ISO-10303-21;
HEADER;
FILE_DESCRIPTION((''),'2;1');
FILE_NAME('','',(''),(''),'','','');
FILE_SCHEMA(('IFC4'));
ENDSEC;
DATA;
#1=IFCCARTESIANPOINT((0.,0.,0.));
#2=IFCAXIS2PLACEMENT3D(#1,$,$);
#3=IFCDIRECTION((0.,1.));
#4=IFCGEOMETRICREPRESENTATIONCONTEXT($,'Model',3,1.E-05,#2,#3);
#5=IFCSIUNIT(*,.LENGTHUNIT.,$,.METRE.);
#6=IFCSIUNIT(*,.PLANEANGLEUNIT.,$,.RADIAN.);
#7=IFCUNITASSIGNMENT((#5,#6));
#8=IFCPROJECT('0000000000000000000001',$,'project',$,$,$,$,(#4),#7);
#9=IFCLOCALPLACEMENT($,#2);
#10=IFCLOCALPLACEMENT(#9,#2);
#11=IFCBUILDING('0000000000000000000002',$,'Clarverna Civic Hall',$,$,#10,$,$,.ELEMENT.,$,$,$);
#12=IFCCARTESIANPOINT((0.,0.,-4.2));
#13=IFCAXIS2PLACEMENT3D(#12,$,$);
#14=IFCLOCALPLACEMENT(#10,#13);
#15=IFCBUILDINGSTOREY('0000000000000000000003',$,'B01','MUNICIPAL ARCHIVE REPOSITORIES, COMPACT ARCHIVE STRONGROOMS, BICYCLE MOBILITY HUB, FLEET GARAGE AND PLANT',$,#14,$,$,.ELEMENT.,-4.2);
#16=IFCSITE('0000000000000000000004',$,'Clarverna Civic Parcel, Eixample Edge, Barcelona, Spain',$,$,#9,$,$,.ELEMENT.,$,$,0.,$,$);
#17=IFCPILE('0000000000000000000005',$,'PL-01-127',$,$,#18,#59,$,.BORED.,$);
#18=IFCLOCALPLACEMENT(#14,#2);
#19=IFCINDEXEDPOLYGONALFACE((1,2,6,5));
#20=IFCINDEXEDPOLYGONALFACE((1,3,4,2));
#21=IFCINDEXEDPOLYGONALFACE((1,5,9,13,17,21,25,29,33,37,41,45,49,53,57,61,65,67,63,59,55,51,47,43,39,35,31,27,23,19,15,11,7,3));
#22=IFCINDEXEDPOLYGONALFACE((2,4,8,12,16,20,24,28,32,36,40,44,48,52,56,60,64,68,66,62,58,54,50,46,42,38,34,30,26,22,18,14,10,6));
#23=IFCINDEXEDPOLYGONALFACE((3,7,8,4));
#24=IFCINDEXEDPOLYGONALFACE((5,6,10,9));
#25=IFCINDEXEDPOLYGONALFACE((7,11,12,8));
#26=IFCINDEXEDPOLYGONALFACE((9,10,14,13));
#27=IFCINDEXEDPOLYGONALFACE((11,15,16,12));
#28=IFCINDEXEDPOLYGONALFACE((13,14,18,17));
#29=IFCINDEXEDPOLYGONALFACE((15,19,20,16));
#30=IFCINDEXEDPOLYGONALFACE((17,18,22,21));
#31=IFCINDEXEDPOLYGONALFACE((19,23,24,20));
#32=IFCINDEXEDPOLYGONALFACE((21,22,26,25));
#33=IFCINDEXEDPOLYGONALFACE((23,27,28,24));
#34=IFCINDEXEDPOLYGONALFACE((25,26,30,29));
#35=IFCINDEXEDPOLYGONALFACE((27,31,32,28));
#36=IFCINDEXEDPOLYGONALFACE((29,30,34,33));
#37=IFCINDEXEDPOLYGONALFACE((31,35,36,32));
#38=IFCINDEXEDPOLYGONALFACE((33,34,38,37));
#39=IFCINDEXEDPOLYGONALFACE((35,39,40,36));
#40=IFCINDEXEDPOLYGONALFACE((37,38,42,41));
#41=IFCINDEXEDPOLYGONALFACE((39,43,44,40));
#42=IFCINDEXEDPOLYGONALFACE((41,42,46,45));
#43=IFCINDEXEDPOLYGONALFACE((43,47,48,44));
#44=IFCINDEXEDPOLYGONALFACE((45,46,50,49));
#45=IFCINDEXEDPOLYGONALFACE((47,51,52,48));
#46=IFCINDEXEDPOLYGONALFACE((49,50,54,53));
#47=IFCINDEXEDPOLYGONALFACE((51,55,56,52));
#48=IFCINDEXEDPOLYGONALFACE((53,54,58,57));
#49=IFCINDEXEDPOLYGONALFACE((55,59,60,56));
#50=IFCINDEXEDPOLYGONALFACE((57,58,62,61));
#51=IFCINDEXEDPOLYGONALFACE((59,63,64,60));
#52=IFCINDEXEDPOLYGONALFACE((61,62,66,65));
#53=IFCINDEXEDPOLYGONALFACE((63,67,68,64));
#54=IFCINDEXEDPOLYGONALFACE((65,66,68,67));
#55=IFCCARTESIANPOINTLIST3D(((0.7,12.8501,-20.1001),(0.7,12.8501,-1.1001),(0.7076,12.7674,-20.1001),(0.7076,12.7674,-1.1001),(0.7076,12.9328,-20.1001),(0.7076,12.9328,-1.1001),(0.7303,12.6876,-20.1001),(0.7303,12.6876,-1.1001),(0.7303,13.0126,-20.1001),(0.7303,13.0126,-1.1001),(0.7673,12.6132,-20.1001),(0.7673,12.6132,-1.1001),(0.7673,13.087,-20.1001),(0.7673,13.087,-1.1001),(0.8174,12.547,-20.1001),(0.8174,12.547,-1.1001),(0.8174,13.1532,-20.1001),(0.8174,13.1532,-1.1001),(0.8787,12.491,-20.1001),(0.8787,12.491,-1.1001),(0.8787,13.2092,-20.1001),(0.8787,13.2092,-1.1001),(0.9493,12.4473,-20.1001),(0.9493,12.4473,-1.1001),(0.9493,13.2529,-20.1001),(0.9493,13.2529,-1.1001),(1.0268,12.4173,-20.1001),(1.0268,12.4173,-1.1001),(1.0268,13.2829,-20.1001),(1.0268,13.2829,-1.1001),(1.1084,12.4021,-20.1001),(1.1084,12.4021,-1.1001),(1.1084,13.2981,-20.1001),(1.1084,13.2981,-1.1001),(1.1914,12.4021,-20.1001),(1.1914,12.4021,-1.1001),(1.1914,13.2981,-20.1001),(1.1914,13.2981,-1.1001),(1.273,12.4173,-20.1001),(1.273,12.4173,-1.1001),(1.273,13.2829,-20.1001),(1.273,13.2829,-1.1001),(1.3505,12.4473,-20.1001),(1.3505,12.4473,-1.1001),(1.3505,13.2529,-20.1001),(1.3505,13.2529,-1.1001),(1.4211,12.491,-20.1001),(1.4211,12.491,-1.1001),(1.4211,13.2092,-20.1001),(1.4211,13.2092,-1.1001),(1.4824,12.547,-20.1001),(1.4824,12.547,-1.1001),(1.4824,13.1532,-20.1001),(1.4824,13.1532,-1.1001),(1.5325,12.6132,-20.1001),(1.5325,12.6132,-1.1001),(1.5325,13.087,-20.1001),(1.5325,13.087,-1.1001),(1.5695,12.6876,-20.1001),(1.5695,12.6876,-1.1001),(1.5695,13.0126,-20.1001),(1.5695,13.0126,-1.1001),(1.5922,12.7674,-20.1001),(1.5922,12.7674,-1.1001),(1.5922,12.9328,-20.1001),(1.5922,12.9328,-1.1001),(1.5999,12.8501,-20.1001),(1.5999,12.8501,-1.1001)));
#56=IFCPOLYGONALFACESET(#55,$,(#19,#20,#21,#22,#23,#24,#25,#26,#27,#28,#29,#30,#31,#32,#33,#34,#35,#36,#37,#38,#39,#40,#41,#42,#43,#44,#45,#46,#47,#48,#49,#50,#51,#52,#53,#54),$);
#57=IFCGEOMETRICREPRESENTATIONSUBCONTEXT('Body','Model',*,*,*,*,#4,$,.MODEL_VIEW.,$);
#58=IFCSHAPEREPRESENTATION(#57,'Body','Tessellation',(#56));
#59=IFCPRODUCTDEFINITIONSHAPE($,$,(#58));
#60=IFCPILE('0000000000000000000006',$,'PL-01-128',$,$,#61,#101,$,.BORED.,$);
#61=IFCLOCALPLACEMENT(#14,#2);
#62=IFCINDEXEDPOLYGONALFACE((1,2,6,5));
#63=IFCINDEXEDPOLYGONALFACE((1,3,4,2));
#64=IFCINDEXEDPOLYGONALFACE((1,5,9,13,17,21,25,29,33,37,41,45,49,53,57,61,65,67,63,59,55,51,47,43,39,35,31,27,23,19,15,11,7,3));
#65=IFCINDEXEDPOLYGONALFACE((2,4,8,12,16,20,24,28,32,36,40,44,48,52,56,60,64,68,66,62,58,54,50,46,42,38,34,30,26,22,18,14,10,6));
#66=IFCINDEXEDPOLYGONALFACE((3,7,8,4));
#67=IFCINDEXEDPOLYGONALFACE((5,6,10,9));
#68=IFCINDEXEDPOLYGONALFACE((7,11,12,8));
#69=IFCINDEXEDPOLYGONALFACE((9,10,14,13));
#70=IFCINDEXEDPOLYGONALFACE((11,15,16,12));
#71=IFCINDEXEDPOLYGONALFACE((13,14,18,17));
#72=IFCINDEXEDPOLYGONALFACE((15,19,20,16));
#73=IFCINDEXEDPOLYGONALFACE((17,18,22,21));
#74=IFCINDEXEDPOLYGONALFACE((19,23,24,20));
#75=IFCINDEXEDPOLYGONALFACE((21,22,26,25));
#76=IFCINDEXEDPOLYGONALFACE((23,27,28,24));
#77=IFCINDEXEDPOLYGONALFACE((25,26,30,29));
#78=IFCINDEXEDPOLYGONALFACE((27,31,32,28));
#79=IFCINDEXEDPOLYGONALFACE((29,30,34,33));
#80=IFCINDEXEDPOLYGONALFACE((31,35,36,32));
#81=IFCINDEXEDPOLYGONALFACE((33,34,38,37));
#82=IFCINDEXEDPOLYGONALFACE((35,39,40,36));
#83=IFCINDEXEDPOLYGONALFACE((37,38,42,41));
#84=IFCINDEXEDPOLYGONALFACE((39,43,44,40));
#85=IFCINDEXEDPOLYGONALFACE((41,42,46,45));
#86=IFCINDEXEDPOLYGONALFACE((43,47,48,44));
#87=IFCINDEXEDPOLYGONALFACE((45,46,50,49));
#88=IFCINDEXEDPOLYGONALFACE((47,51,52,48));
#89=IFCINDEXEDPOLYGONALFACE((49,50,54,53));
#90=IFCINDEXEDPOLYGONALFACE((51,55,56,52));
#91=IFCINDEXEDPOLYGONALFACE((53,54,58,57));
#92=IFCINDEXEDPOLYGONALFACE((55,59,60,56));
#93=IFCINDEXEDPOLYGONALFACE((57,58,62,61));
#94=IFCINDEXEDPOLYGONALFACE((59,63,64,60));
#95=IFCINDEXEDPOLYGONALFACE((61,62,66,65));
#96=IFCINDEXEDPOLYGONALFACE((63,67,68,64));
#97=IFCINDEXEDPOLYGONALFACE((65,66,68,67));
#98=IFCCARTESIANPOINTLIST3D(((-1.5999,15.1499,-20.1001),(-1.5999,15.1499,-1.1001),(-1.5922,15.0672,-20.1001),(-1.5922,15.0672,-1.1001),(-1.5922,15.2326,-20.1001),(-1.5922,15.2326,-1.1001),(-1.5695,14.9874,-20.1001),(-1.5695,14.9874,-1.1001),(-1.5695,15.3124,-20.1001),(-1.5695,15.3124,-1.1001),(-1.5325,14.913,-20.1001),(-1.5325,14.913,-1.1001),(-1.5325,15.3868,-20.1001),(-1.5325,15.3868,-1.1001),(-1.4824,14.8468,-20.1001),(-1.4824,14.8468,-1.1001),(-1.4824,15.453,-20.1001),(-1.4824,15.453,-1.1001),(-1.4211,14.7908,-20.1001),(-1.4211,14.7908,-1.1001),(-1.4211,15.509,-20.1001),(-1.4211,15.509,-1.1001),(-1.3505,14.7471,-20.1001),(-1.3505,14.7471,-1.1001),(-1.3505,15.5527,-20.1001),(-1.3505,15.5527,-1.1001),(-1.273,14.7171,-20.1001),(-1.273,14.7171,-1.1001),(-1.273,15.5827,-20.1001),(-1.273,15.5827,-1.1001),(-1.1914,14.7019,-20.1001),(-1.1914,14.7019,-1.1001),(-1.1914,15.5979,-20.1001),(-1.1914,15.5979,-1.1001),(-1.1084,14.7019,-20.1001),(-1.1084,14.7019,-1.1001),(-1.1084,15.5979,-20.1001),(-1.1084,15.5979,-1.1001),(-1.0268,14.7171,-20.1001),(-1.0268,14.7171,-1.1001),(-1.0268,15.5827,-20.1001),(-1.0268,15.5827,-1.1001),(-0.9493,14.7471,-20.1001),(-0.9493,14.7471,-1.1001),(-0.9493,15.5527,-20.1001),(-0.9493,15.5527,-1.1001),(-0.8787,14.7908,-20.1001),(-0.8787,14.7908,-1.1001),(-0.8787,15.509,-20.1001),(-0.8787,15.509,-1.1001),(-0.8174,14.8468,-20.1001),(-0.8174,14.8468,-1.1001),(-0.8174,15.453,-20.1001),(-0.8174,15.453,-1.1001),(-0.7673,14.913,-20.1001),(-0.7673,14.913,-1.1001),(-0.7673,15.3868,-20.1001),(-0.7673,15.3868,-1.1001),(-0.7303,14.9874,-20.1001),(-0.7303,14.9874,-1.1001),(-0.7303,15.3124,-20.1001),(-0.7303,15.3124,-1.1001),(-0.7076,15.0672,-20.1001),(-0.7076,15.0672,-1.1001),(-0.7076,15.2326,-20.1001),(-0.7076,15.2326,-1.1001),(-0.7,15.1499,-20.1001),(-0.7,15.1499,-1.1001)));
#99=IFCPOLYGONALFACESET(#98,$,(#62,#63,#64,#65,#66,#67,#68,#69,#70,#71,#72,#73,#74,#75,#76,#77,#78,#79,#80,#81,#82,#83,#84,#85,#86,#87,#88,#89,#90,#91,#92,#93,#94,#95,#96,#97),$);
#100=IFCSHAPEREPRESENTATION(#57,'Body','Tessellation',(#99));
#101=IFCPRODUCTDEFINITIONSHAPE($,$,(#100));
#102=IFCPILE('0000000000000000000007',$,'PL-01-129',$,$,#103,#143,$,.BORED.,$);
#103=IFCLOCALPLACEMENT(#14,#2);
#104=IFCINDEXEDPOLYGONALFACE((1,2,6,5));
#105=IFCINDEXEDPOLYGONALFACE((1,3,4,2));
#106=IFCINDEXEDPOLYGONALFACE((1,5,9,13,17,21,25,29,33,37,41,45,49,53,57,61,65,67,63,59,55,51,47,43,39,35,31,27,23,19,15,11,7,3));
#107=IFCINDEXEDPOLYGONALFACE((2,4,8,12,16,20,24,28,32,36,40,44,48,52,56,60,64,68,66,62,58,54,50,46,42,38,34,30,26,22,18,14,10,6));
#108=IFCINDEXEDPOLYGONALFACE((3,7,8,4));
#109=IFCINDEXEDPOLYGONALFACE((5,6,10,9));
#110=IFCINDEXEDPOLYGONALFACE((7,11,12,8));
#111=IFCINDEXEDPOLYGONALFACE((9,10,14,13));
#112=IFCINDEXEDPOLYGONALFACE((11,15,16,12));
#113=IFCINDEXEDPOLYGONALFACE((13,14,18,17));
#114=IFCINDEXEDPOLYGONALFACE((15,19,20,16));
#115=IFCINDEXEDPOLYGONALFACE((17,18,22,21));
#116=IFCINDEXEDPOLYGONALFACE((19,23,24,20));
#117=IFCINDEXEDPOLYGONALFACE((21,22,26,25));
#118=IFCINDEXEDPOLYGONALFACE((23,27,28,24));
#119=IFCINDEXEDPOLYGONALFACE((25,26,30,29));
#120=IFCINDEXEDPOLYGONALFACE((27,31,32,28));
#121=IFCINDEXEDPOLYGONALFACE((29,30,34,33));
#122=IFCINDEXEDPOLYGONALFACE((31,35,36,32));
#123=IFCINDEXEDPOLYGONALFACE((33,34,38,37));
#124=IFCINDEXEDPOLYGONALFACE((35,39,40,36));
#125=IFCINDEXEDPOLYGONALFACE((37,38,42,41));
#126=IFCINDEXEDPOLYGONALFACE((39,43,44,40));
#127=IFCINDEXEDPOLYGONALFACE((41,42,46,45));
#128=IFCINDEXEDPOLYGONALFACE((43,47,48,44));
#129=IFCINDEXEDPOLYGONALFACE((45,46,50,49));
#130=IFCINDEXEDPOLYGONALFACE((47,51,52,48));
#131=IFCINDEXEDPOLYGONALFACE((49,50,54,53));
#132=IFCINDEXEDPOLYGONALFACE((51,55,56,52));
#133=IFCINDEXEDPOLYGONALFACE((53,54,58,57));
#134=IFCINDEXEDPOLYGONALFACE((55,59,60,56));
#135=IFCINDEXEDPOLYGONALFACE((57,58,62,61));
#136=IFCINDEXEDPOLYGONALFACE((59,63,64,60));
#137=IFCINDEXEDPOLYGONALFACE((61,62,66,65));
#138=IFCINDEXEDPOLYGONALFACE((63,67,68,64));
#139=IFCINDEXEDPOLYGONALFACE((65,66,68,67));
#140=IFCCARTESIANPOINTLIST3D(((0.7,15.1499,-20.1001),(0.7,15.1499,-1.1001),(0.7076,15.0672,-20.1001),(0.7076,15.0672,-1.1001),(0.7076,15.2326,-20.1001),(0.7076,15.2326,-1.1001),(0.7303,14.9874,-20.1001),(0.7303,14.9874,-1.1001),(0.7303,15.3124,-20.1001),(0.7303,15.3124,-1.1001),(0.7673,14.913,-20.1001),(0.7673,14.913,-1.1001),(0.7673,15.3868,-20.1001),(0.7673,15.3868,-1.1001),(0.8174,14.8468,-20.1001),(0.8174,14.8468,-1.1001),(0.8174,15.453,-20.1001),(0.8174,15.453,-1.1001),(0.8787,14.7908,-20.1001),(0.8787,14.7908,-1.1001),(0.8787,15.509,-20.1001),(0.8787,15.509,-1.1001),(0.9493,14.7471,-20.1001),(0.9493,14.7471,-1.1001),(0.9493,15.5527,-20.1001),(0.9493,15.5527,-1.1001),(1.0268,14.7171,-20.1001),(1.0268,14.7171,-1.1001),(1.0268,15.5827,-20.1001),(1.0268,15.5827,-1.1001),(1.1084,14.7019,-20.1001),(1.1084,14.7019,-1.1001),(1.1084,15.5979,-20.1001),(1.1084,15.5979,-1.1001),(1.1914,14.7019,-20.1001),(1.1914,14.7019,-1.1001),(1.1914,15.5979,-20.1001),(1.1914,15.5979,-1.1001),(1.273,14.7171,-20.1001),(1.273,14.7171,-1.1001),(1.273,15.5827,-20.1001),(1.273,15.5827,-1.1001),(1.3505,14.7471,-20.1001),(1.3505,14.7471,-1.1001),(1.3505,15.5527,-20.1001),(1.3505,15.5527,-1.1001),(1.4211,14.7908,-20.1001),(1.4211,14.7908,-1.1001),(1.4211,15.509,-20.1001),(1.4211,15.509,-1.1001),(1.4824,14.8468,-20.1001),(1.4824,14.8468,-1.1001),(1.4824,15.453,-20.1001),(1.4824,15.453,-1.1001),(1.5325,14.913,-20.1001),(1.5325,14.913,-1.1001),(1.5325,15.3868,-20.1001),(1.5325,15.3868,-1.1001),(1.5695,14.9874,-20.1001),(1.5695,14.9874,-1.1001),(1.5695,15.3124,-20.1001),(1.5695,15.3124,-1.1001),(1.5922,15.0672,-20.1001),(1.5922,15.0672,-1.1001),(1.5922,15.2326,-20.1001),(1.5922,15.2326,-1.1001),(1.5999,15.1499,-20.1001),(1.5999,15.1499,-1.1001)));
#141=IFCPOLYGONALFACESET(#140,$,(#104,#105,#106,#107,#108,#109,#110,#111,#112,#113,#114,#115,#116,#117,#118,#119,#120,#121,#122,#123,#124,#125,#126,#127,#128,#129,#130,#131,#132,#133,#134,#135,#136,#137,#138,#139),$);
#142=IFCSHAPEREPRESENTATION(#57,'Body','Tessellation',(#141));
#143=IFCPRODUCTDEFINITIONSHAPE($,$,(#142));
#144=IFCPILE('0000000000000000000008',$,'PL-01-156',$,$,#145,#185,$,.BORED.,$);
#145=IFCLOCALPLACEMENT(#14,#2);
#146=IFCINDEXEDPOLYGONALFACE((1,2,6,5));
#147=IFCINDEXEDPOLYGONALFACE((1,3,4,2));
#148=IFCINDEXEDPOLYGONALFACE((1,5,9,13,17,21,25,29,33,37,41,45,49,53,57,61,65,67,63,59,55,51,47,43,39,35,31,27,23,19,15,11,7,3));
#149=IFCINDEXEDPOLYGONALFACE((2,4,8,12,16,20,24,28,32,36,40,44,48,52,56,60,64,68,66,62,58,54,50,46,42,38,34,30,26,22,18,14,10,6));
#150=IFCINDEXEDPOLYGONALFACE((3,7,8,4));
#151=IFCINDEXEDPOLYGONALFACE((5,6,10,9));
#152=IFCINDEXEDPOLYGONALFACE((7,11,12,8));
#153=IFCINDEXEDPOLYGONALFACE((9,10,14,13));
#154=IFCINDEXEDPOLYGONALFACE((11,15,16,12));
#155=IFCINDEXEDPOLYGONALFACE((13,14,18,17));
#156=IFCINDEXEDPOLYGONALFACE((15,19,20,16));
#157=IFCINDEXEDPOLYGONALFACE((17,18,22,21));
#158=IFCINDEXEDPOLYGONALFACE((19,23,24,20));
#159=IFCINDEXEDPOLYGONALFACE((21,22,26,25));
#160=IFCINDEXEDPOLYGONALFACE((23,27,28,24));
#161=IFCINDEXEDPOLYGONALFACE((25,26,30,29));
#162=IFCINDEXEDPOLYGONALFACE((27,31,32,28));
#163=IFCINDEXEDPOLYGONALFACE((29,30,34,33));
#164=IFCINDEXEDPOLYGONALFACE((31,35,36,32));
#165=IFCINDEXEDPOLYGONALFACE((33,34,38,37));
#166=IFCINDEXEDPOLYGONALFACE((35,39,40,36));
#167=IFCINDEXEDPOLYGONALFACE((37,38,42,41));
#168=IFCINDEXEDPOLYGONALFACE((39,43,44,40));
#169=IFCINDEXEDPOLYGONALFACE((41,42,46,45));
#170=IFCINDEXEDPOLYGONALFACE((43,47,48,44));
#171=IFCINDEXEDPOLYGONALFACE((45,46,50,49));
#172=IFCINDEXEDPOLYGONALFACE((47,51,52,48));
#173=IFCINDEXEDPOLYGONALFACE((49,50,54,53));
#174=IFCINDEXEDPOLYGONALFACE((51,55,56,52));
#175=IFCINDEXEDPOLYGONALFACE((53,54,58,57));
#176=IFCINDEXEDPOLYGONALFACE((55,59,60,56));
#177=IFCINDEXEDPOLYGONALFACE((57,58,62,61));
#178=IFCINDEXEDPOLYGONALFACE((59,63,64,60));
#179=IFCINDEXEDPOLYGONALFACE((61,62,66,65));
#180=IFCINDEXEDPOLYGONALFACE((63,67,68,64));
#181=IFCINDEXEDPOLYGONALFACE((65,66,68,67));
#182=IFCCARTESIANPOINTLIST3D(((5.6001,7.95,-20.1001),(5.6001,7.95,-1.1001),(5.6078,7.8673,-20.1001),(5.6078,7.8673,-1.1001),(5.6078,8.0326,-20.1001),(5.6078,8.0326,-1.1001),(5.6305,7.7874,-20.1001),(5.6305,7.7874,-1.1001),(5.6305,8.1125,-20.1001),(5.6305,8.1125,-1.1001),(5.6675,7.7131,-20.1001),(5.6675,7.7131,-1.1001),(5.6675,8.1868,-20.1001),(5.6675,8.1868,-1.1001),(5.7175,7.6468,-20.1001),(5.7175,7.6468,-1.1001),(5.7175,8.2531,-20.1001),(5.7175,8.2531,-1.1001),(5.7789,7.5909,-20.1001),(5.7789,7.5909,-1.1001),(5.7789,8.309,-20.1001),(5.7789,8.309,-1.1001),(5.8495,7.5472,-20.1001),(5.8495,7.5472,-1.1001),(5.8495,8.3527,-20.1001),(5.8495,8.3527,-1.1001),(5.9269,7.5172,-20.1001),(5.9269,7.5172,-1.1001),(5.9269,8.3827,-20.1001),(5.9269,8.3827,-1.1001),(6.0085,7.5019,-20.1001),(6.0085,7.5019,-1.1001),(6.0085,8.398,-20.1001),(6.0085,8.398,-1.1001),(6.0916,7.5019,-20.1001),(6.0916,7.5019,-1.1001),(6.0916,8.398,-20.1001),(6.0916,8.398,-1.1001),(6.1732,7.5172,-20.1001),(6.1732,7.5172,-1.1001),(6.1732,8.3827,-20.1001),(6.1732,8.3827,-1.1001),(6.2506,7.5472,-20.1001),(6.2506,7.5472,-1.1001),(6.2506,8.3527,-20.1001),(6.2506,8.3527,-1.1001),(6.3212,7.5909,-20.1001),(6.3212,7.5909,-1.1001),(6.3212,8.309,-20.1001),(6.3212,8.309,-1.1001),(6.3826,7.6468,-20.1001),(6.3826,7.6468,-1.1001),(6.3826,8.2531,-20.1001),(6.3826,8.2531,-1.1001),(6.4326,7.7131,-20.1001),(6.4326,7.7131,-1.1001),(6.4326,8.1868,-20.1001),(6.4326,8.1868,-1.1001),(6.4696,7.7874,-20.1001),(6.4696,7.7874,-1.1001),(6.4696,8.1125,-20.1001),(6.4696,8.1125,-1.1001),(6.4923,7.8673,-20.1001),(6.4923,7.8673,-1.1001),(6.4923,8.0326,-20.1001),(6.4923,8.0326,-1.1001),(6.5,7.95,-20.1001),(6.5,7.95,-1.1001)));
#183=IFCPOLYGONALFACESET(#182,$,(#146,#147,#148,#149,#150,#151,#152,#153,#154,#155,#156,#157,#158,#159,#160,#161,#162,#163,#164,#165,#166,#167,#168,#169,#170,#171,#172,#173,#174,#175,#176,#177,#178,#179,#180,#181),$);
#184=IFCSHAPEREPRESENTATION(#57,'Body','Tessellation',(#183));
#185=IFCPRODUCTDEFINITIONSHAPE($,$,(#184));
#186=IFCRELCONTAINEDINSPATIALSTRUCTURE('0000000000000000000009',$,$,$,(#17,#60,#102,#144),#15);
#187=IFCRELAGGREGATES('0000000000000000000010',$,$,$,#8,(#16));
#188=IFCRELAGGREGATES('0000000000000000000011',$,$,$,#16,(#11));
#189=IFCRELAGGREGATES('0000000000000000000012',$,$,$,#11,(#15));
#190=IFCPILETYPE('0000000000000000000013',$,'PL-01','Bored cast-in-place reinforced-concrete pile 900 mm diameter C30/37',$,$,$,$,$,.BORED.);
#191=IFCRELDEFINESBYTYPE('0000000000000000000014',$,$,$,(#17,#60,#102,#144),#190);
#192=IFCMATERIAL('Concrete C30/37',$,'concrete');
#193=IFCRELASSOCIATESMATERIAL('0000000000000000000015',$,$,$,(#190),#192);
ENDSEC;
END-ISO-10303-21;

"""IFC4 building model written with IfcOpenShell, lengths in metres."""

from ifc_helpers import new_model, si_unit, direction, frame, origin, origin_2d, place, context, subcontext, project, spatial, circle, extrude, material, material_profile, profile_set, type_object, element, save


model = new_model("IFC4")

# Units and contexts
model_context = context("Model", 3, precision=1e-05, world=origin(), true_north=direction((0.0, 1.0)))
body_context = subcontext(model_context, "Body", "Model", "MODEL_VIEW")
ifc_project = project(units=[si_unit("LENGTHUNIT", "METRE"), si_unit("PLANEANGLEUNIT", "RADIAN")], contexts=[model_context])

# Site, building, storey
site_placement = place(None, origin())
site = spatial("IfcSite", under=ifc_project, at=site_placement, Name="Clarverna Civic Parcel, Eixample Edge, Barcelona, Spain", CompositionType="ELEMENT", RefElevation=0.0)
building_placement = place(site_placement, origin())
building = spatial("IfcBuilding", under=site, at=building_placement, Name="Clarverna Civic Hall", CompositionType="ELEMENT")
storey_placement = place(building_placement, frame((0.0, 0.0, -4.2)))
storey = spatial("IfcBuildingStorey", under=building, at=storey_placement, Name="B01", Description="MUNICIPAL ARCHIVE REPOSITORIES, COMPACT ARCHIVE STRONGROOMS, BICYCLE MOBILITY HUB, FLEET GARAGE AND PLANT", CompositionType="ELEMENT", Elevation=-4.2)

# Shared definitions
ifc_material_1 = material(Name="Concrete C30/37", Category="concrete")

# Piles
ifc_material_profile_1 = material_profile(ifc_material_1, circle(Radius=0.45, at=origin_2d()), Name="BORED PILE D900")
ifc_profile_set_1 = profile_set([ifc_material_profile_1], Name="Concrete C30/37")
pile_type = type_object("IfcPileType", Name="PL-01", Description="Bored cast-in-place reinforced-concrete pile 900 mm diameter C30/37", PredefinedType="BORED", material=ifc_profile_set_1)
for number, where, z_axis, x_axis, name in (
    (1, (1.1499, 12.8501, -1.1001), (0.0, 0.0, -1.0), (1.0, 0.0, 0.0), "PL-01-127"),
    (2, (-1.1499, 15.1499, -1.1001), (0.0, 0.0, -1.0), (1.0, 0.0, 0.0), "PL-01-128"),
    (3, (1.1499, 15.1499, -1.1001), (0.0, 0.0, -1.0), (1.0, 0.0, 0.0), "PL-01-129"),
    (4, (6.05, 7.95, -1.1001), (0.0, 0.0, -1.0), (1.0, 0.0, 0.0), "PL-01-156"),
):
    element("IfcPile", number, at=place(storey_placement, frame(where, z_axis=z_axis, x_axis=x_axis)), inside=storey, type_object=pile_type, Name=name, PredefinedType="BORED", context=body_context, shape_type="SweptSolid", body=[
        extrude(circle(Radius=0.45, at=origin_2d()), origin(), (0.0, 0.0, 1.0), 19.0),
    ])

save(model, "model.ifc")
